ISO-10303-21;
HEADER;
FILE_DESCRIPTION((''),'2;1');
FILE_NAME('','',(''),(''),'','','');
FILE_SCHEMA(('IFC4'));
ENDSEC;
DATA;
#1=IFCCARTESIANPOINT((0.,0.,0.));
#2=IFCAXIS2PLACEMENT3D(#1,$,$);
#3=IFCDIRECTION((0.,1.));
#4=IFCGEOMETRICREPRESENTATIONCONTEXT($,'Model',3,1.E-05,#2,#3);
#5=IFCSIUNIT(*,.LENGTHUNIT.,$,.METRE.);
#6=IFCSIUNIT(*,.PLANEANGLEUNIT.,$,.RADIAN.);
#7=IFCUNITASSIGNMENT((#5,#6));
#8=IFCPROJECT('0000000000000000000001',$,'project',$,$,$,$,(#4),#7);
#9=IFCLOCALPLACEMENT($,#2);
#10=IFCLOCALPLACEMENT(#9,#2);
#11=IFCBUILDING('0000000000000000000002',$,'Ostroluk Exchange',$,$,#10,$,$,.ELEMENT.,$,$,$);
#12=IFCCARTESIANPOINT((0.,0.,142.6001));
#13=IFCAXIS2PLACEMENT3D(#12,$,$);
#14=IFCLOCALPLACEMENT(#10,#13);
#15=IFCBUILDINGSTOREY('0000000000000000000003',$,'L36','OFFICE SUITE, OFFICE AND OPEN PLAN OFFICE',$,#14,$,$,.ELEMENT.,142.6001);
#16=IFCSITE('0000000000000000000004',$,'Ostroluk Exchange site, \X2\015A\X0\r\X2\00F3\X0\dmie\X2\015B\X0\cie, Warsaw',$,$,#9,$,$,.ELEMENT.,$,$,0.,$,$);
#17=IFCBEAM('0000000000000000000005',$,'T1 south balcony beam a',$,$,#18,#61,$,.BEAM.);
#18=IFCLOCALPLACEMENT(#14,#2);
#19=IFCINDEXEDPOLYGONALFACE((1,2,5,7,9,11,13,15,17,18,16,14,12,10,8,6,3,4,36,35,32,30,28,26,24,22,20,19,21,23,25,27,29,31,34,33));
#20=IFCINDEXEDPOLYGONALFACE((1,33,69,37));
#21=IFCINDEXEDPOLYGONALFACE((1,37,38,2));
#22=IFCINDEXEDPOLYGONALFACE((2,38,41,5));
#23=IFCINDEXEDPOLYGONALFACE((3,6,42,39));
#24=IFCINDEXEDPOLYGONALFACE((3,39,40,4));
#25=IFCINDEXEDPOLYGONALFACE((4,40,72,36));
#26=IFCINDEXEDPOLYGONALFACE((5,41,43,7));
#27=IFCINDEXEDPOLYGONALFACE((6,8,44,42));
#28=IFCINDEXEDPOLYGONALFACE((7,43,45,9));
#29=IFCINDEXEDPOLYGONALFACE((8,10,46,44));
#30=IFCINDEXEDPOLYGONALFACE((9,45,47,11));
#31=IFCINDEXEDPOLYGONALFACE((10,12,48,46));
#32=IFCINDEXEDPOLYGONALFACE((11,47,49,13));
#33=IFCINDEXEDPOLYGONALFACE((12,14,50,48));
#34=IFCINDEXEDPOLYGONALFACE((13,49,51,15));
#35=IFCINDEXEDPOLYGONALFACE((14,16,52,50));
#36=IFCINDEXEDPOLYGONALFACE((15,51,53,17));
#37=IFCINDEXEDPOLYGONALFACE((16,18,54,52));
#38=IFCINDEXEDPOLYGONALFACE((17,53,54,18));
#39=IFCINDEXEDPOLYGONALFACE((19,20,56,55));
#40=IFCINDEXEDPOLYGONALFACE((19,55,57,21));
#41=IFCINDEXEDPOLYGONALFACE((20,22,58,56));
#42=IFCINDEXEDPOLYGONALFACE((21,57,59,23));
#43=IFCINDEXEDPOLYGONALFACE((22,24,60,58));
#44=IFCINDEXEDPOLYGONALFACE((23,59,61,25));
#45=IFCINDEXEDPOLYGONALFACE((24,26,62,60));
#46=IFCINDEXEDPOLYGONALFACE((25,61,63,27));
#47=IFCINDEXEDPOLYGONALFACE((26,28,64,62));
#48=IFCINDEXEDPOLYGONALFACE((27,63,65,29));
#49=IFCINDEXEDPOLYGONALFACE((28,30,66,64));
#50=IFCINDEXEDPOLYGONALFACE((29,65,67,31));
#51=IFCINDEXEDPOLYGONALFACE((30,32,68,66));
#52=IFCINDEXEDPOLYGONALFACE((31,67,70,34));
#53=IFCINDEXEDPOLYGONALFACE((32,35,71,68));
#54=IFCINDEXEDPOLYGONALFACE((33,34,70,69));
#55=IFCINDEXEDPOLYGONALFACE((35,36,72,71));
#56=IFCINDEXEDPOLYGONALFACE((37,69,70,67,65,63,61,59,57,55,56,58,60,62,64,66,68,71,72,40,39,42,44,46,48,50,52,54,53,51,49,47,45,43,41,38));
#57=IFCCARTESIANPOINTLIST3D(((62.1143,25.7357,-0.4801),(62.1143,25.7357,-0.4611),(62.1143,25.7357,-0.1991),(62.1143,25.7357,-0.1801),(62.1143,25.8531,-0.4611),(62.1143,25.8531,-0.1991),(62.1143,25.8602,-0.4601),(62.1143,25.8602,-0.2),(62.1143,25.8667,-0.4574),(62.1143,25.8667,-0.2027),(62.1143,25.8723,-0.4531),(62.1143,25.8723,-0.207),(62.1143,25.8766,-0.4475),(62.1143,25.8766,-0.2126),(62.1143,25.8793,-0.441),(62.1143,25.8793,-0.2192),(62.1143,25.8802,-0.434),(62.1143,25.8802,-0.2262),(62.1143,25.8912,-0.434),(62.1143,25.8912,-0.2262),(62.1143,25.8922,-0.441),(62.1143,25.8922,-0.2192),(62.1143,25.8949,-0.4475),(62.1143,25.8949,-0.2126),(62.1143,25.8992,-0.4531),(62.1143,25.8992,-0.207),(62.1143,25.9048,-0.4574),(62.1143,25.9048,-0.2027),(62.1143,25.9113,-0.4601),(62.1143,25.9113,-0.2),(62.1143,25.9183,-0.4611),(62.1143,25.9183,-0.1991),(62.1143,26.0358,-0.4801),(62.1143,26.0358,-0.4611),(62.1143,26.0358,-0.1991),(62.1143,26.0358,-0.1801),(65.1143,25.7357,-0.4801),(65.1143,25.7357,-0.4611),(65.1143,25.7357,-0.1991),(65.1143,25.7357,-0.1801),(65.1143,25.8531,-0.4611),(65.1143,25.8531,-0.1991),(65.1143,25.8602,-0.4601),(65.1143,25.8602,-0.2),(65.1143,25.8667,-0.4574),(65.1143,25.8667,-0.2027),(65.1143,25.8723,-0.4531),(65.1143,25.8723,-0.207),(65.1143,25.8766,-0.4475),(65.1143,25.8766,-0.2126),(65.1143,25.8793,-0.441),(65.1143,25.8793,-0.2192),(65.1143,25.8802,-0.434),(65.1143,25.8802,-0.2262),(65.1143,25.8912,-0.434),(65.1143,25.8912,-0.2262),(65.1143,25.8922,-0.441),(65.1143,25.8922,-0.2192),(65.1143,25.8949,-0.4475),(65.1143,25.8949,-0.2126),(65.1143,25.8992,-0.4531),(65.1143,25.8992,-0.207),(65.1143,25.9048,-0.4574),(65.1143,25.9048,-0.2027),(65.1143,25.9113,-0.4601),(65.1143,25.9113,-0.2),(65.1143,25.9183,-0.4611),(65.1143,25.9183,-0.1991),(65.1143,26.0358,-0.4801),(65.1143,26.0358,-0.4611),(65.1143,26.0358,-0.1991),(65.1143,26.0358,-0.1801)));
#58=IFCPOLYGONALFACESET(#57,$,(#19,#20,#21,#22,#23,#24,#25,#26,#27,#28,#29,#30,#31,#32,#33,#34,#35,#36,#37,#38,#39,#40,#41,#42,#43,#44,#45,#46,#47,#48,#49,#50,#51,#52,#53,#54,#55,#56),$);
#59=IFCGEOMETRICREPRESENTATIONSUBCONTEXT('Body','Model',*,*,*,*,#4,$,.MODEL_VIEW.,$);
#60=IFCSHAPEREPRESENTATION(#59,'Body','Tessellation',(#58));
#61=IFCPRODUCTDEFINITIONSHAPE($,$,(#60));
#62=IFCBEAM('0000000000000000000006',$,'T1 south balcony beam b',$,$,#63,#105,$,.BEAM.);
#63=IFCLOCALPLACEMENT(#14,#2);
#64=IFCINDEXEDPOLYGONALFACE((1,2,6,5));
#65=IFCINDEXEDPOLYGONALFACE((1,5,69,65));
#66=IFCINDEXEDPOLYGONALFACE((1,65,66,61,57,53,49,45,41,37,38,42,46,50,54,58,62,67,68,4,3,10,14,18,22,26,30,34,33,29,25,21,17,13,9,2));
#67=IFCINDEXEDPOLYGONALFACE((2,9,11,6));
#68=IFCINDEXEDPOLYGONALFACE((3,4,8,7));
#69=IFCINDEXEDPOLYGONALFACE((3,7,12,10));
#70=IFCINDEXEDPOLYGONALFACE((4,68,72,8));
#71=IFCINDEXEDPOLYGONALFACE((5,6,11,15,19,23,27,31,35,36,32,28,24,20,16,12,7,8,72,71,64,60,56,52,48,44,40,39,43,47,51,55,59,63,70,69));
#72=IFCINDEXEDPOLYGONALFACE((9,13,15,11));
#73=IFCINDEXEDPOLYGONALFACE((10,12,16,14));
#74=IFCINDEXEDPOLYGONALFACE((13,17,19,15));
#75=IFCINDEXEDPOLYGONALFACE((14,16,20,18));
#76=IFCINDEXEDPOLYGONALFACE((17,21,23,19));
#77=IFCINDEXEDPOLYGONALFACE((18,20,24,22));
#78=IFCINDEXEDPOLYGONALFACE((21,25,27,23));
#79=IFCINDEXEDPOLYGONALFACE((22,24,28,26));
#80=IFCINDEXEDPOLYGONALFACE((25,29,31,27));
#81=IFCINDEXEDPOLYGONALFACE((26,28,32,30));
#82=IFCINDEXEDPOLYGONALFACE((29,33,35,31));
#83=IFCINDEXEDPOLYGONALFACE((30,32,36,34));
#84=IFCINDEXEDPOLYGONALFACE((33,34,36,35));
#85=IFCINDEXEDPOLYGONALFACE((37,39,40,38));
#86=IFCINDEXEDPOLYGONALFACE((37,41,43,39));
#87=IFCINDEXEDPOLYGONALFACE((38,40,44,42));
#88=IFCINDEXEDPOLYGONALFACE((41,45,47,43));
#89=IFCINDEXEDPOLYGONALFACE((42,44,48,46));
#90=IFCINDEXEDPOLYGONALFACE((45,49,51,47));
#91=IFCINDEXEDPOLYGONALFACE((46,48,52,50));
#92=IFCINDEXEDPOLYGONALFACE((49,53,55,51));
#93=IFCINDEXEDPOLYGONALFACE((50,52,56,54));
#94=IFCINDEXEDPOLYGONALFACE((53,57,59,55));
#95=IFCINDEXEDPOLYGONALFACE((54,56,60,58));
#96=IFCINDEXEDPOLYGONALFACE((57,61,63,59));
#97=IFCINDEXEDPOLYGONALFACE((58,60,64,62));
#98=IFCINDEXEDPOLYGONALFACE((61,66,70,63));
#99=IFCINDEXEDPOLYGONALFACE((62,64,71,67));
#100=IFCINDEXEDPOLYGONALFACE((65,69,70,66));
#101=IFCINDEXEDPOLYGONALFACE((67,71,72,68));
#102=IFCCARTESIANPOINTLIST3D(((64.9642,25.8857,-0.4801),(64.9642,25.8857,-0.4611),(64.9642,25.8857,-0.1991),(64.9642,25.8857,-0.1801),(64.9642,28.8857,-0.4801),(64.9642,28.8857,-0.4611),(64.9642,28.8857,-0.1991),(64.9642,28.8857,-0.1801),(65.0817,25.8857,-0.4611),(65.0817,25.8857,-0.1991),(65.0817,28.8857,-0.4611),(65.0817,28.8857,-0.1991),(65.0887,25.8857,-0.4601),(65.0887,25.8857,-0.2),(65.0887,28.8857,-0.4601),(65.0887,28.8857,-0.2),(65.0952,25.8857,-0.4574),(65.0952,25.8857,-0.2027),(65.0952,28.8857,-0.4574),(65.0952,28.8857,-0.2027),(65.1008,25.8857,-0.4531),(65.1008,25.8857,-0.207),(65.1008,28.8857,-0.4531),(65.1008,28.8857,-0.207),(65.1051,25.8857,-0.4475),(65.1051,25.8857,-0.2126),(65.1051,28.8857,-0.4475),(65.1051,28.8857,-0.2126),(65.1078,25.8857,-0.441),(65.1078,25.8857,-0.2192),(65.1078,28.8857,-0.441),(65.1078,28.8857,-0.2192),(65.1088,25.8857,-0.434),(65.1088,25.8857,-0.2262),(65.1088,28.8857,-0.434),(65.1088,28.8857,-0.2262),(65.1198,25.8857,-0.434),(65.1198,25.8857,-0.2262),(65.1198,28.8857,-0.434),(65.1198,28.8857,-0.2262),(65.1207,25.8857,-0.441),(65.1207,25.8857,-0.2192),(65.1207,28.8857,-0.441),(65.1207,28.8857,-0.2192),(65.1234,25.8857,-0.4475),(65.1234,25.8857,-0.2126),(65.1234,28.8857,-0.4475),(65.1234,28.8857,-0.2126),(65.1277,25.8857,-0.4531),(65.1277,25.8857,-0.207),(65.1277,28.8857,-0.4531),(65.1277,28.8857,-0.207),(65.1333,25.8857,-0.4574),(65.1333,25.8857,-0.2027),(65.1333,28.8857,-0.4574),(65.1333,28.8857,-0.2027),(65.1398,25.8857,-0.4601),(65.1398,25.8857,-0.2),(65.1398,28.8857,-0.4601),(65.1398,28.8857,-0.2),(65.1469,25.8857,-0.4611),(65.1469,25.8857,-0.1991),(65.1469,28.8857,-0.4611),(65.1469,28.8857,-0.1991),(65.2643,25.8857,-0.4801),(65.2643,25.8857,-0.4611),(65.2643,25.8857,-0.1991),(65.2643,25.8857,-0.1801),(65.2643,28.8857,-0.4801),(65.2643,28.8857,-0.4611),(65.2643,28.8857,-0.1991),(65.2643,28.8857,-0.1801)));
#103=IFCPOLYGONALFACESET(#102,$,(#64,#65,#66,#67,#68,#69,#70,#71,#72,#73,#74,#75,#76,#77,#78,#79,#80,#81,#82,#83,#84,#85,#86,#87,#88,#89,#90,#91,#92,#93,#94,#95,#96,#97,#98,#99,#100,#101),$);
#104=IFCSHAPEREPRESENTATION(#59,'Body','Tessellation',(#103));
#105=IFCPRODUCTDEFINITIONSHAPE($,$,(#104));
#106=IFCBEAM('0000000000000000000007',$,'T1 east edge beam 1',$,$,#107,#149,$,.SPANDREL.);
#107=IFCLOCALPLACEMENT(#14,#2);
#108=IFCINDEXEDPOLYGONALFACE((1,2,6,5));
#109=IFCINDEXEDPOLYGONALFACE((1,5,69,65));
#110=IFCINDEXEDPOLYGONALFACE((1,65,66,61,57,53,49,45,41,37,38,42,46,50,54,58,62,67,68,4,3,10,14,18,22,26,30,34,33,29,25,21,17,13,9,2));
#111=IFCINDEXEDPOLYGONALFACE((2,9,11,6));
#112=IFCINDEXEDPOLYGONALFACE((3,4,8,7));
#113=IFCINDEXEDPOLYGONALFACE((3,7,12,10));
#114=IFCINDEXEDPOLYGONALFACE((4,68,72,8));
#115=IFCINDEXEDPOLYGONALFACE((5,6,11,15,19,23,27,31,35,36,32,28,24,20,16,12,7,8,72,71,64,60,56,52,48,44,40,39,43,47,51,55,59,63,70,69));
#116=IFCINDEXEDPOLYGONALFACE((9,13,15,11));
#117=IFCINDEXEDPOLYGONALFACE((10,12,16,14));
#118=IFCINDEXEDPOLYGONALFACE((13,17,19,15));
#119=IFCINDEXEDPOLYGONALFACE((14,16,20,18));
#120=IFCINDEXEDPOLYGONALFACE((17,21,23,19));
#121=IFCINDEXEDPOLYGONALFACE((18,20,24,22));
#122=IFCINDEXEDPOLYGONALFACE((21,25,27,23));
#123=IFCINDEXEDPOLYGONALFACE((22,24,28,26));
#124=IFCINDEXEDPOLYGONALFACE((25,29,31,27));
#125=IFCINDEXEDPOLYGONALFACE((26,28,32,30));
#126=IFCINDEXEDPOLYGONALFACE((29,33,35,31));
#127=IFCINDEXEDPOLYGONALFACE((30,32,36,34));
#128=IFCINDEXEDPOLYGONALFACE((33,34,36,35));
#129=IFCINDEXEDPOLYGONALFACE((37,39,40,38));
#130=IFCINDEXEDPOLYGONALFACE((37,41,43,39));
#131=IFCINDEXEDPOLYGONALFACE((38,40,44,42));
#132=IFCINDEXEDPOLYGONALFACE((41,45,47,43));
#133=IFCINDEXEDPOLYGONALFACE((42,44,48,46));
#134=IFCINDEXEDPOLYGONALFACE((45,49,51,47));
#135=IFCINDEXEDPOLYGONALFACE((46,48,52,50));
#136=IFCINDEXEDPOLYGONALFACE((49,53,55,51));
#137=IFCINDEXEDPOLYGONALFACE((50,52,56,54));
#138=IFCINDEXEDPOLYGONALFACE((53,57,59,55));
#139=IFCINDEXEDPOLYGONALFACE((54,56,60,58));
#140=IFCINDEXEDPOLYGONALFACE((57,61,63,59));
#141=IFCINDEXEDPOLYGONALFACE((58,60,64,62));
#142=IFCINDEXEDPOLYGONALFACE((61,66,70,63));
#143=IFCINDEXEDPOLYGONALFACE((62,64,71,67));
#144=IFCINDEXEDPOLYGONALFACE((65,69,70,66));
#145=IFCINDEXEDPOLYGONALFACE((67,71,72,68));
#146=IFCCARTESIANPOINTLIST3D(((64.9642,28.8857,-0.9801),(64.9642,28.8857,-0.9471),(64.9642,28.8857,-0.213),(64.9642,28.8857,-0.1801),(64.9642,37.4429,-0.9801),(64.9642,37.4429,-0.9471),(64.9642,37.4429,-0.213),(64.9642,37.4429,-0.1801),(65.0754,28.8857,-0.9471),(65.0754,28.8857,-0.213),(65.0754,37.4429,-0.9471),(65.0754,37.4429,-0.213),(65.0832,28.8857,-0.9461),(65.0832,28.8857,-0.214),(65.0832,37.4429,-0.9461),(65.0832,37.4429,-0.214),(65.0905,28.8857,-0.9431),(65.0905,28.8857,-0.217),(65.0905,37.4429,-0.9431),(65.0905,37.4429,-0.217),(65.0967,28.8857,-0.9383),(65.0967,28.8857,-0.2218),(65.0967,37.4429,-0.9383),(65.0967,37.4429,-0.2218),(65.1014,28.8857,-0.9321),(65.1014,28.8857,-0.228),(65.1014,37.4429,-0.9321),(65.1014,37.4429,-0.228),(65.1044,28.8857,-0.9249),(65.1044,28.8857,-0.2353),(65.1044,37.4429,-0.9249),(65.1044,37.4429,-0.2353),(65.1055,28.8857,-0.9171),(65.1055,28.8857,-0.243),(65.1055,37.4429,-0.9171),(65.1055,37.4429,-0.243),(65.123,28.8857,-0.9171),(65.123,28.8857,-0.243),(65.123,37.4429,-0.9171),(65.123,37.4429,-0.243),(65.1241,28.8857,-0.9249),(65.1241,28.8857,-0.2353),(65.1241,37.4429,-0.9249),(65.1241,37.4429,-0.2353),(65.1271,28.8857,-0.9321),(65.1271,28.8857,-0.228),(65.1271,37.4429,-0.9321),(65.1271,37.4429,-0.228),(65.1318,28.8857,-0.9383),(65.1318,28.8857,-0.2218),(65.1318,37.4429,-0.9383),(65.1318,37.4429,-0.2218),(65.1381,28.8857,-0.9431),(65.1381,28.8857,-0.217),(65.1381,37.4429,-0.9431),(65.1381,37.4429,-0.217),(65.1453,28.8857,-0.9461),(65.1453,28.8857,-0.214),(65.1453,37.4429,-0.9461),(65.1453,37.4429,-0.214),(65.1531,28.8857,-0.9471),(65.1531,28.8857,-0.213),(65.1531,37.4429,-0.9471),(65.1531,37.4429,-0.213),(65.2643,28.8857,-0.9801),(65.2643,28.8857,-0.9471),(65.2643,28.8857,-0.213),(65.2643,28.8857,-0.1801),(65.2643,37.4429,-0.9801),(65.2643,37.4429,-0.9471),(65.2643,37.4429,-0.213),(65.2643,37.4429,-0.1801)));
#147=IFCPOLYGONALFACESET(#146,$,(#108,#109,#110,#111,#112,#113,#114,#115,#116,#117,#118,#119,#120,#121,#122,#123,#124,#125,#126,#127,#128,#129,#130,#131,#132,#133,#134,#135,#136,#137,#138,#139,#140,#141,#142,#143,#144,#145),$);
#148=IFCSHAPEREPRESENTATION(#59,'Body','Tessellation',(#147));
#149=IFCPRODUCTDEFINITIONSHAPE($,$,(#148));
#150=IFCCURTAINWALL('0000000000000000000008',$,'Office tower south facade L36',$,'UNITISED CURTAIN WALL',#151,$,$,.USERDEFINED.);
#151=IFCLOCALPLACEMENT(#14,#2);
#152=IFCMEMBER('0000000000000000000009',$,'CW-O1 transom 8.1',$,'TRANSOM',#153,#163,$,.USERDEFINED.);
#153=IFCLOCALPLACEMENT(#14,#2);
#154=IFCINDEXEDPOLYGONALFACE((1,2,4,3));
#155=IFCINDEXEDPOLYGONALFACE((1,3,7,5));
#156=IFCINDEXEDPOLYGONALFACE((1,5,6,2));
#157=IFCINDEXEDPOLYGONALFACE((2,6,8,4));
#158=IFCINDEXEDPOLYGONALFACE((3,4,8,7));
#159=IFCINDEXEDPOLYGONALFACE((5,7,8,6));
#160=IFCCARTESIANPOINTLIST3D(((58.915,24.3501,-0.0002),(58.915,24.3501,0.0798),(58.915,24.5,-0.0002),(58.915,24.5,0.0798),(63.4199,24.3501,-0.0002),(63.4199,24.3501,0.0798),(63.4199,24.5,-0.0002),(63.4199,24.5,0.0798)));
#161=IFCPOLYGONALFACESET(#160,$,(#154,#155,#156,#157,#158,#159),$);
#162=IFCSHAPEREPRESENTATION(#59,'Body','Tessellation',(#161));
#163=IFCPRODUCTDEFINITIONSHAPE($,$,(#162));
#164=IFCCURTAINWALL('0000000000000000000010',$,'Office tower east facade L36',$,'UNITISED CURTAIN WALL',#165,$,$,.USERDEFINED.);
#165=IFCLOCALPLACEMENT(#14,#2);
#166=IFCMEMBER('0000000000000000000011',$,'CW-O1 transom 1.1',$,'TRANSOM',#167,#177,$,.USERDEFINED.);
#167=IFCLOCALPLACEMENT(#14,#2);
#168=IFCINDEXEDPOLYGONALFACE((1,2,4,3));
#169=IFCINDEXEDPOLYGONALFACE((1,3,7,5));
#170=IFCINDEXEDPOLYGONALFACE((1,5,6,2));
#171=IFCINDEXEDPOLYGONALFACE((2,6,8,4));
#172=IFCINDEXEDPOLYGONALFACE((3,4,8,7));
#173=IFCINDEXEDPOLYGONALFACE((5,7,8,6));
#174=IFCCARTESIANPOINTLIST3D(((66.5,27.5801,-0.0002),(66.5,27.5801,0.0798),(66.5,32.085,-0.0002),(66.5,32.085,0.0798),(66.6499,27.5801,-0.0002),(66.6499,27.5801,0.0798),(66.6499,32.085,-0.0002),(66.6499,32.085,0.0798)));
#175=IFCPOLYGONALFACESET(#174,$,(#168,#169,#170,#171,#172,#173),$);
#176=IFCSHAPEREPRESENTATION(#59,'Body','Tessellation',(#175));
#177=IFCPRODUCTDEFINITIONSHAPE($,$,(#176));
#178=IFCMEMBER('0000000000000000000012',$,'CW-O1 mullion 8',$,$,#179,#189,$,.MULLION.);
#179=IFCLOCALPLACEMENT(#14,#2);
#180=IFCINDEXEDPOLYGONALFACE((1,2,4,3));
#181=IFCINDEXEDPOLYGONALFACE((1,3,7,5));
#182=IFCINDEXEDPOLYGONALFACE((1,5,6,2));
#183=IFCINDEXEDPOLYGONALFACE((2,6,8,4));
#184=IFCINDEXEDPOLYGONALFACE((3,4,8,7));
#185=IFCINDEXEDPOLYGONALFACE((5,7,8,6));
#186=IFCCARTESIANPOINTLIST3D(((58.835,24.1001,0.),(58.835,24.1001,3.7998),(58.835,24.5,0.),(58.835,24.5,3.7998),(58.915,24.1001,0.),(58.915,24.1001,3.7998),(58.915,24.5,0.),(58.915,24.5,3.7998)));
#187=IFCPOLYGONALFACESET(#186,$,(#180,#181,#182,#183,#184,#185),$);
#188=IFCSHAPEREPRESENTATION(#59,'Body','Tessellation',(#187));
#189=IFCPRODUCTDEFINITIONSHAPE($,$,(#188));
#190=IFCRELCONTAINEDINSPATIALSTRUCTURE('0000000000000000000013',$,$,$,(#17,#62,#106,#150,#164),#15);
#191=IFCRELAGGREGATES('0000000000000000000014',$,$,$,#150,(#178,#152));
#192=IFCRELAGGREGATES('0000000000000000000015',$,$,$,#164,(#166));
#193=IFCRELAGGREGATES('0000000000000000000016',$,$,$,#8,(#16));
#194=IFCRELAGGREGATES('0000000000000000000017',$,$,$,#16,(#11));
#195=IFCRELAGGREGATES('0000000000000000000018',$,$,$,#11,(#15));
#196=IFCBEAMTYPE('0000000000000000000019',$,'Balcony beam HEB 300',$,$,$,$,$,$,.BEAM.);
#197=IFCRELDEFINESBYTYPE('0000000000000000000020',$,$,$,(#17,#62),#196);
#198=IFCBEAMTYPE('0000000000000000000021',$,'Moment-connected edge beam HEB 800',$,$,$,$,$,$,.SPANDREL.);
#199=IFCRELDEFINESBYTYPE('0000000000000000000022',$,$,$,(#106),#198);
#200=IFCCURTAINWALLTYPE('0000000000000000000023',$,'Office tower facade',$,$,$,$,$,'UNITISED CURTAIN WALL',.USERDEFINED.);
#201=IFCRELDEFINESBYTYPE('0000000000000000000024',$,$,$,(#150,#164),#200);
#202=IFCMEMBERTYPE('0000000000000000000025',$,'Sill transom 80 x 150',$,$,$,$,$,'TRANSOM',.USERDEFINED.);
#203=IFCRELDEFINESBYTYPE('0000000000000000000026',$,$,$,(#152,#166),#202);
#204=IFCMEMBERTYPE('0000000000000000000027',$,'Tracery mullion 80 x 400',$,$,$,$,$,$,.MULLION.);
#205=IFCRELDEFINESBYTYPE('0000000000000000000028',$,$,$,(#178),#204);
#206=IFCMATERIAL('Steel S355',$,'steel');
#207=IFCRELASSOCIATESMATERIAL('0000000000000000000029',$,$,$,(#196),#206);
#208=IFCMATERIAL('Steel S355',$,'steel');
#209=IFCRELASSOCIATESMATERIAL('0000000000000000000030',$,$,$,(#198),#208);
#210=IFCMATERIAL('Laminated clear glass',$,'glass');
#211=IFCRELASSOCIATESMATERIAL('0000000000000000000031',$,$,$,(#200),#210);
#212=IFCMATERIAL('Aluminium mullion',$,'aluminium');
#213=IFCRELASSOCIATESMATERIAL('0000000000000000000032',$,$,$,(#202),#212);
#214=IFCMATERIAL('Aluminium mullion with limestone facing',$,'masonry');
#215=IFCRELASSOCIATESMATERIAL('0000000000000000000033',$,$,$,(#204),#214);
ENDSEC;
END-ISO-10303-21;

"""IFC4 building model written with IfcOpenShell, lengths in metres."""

from ifc_helpers import new_model, si_unit, direction, frame, origin, origin_2d, place, context, subcontext, project, spatial, rectangle, i_section, extrude, material, material_profile, profile_set, type_object, element, aggregate, save


model = new_model("IFC4")

# Units and contexts
model_context = context("Model", 3, precision=1e-05, world=origin(), true_north=direction((0.0, 1.0)))
body_context = subcontext(model_context, "Body", "Model", "MODEL_VIEW")
ifc_project = project(units=[si_unit("LENGTHUNIT", "METRE"), si_unit("PLANEANGLEUNIT", "RADIAN")], contexts=[model_context])

# Site, building, storey
site_placement = place(None, origin())
site = spatial("IfcSite", under=ifc_project, at=site_placement, Name="Ostroluk Exchange site, Śródmieście, Warsaw", CompositionType="ELEMENT", RefElevation=0.0)
building_placement = place(site_placement, origin())
building = spatial("IfcBuilding", under=site, at=building_placement, Name="Ostroluk Exchange", CompositionType="ELEMENT")
storey_placement = place(building_placement, frame((0.0, 0.0, 142.6001)))
storey = spatial("IfcBuildingStorey", under=building, at=storey_placement, Name="L36", Description="OFFICE SUITE, OFFICE AND OPEN PLAN OFFICE", CompositionType="ELEMENT", Elevation=142.6001)

# Beams
ifc_material_1 = material(Name="Steel S355", Category="steel")
ifc_material_profile_1 = material_profile(ifc_material_1, i_section(OverallWidth=0.3, OverallDepth=0.3, WebThickness=0.011, FlangeThickness=0.019, FilletRadius=0.0271, at=origin_2d()), Name="HEB 300")
ifc_profile_set_1 = profile_set([ifc_material_profile_1], Name="Steel S355")
beam_type_1 = type_object("IfcBeamType", Name="Balcony beam HEB 300", PredefinedType="BEAM", material=ifc_profile_set_1)
for number, where, z_axis, x_axis, name in (
    (1, (62.1143, 25.8857, -0.3301), (1.0, 0.0, 0.0), (0.0, 1.0, 0.0), "T1 south balcony beam a"),
    (2, (65.1143, 28.8857, -0.3301), (0.0, -1.0, 0.0), (1.0, 0.0, 0.0), "T1 south balcony beam b"),
):
    element("IfcBeam", number, at=place(storey_placement, frame(where, z_axis=z_axis, x_axis=x_axis)), inside=storey, type_object=beam_type_1, Name=name, PredefinedType="BEAM", context=body_context, shape_type="SweptSolid", body=[
        extrude(i_section(OverallWidth=0.3, OverallDepth=0.3, WebThickness=0.011, FlangeThickness=0.019, FilletRadius=0.0271, at=origin_2d()), origin(), (0.0, 0.0, 1.0), 3.0),
    ])
ifc_material_2 = material(Name="Steel S355", Category="steel")
ifc_material_profile_2 = material_profile(ifc_material_2, i_section(OverallWidth=0.3, OverallDepth=0.8, WebThickness=0.0176, FlangeThickness=0.033, FilletRadius=0.03, at=origin_2d()), Name="HEB 800")
ifc_profile_set_2 = profile_set([ifc_material_profile_2], Name="Steel S355")
beam_type_2 = type_object("IfcBeamType", Name="Moment-connected edge beam HEB 800", PredefinedType="SPANDREL", material=ifc_profile_set_2)
beam_placement = place(storey_placement, frame((65.1143, 28.8857, -0.5801), z_axis=(0.0, 1.0, 0.0), x_axis=(-1.0, 0.0, 0.0)))
element("IfcBeam", 3, at=beam_placement, inside=storey, type_object=beam_type_2, Name="T1 east edge beam 1", PredefinedType="SPANDREL", context=body_context, shape_type="SweptSolid", body=[
    extrude(i_section(OverallWidth=0.3, OverallDepth=0.8, WebThickness=0.0176, FlangeThickness=0.033, FilletRadius=0.03, at=origin_2d()), origin(), (0.0, 0.0, 1.0), 8.5571),
])

# Curtain walls, members
ifc_material_3 = material(Name="Laminated clear glass", Category="glass")
curtain_wall_type = type_object("IfcCurtainWallType", Name="Office tower facade", ElementType="UNITISED CURTAIN WALL", PredefinedType="USERDEFINED", material=ifc_material_3)
curtain_wall_1_placement = place(storey_placement, origin())
curtain_wall_1 = element("IfcCurtainWall", 4, at=curtain_wall_1_placement, inside=storey, type_object=curtain_wall_type, Name="Office tower south facade L36", ObjectType="UNITISED CURTAIN WALL", PredefinedType="USERDEFINED")
ifc_material_4 = material(Name="Aluminium mullion", Category="aluminium")
ifc_material_profile_3 = material_profile(ifc_material_4, rectangle(XDim=0.1499, YDim=0.0801, at=origin_2d()), Name="Sill transom 80 x 150")
ifc_profile_set_3 = profile_set([ifc_material_profile_3], Name="Aluminium mullion")
member_type_1 = type_object("IfcMemberType", Name="Sill transom 80 x 150", ElementType="TRANSOM", PredefinedType="USERDEFINED", material=ifc_profile_set_3)
member_1_placement = place(storey_placement, frame((58.915, 24.425, 0.0398), z_axis=(1.0, 0.0, 0.0), x_axis=(0.0, 1.0, 0.0)))
member_1 = element("IfcMember", 5, at=member_1_placement, type_object=member_type_1, Name="CW-O1 transom 8.1", ObjectType="TRANSOM", PredefinedType="USERDEFINED", context=body_context, shape_type="SweptSolid", body=[
    extrude(rectangle(XDim=0.1499, YDim=0.0801, at=origin_2d()), origin(), (0.0, 0.0, 1.0), 4.5049),
])
curtain_wall_2_placement = place(storey_placement, origin())
curtain_wall_2 = element("IfcCurtainWall", 6, at=curtain_wall_2_placement, inside=storey, type_object=curtain_wall_type, Name="Office tower east facade L36", ObjectType="UNITISED CURTAIN WALL", PredefinedType="USERDEFINED")
member_2_placement = place(storey_placement, frame((66.575, 27.5801, 0.0398), z_axis=(0.0, 1.0, 0.0), x_axis=(-1.0, 0.0, 0.0)))
member_2 = element("IfcMember", 7, at=member_2_placement, type_object=member_type_1, Name="CW-O1 transom 1.1", ObjectType="TRANSOM", PredefinedType="USERDEFINED", context=body_context, shape_type="SweptSolid", body=[
    extrude(rectangle(XDim=0.1499, YDim=0.0801, at=origin_2d()), origin(), (0.0, 0.0, 1.0), 4.5049),
])

# Member
ifc_material_5 = material(Name="Aluminium mullion with limestone facing", Category="masonry")
ifc_material_profile_4 = material_profile(ifc_material_5, rectangle(XDim=0.3999, YDim=0.0801, at=origin_2d()), Name="Tracery mullion 80 x 400")
ifc_profile_set_4 = profile_set([ifc_material_profile_4], Name="Aluminium mullion with limestone facing")
member_type_2 = type_object("IfcMemberType", Name="Tracery mullion 80 x 400", PredefinedType="MULLION", material=ifc_profile_set_4)
member_3_placement = place(storey_placement, frame((58.875, 24.3, 0.0), z_axis=(0.0, 0.0, 1.0), x_axis=(0.0, 1.0, 0.0)))
member_3 = element("IfcMember", 8, at=member_3_placement, type_object=member_type_2, Name="CW-O1 mullion 8", PredefinedType="MULLION", context=body_context, shape_type="SweptSolid", body=[
    extrude(rectangle(XDim=0.3999, YDim=0.0801, at=origin_2d()), origin(), (0.0, 0.0, 1.0), 3.7998),
])

aggregate(curtain_wall_1, [member_3, member_1])
aggregate(curtain_wall_2, [member_2])

save(model, "model.ifc")
